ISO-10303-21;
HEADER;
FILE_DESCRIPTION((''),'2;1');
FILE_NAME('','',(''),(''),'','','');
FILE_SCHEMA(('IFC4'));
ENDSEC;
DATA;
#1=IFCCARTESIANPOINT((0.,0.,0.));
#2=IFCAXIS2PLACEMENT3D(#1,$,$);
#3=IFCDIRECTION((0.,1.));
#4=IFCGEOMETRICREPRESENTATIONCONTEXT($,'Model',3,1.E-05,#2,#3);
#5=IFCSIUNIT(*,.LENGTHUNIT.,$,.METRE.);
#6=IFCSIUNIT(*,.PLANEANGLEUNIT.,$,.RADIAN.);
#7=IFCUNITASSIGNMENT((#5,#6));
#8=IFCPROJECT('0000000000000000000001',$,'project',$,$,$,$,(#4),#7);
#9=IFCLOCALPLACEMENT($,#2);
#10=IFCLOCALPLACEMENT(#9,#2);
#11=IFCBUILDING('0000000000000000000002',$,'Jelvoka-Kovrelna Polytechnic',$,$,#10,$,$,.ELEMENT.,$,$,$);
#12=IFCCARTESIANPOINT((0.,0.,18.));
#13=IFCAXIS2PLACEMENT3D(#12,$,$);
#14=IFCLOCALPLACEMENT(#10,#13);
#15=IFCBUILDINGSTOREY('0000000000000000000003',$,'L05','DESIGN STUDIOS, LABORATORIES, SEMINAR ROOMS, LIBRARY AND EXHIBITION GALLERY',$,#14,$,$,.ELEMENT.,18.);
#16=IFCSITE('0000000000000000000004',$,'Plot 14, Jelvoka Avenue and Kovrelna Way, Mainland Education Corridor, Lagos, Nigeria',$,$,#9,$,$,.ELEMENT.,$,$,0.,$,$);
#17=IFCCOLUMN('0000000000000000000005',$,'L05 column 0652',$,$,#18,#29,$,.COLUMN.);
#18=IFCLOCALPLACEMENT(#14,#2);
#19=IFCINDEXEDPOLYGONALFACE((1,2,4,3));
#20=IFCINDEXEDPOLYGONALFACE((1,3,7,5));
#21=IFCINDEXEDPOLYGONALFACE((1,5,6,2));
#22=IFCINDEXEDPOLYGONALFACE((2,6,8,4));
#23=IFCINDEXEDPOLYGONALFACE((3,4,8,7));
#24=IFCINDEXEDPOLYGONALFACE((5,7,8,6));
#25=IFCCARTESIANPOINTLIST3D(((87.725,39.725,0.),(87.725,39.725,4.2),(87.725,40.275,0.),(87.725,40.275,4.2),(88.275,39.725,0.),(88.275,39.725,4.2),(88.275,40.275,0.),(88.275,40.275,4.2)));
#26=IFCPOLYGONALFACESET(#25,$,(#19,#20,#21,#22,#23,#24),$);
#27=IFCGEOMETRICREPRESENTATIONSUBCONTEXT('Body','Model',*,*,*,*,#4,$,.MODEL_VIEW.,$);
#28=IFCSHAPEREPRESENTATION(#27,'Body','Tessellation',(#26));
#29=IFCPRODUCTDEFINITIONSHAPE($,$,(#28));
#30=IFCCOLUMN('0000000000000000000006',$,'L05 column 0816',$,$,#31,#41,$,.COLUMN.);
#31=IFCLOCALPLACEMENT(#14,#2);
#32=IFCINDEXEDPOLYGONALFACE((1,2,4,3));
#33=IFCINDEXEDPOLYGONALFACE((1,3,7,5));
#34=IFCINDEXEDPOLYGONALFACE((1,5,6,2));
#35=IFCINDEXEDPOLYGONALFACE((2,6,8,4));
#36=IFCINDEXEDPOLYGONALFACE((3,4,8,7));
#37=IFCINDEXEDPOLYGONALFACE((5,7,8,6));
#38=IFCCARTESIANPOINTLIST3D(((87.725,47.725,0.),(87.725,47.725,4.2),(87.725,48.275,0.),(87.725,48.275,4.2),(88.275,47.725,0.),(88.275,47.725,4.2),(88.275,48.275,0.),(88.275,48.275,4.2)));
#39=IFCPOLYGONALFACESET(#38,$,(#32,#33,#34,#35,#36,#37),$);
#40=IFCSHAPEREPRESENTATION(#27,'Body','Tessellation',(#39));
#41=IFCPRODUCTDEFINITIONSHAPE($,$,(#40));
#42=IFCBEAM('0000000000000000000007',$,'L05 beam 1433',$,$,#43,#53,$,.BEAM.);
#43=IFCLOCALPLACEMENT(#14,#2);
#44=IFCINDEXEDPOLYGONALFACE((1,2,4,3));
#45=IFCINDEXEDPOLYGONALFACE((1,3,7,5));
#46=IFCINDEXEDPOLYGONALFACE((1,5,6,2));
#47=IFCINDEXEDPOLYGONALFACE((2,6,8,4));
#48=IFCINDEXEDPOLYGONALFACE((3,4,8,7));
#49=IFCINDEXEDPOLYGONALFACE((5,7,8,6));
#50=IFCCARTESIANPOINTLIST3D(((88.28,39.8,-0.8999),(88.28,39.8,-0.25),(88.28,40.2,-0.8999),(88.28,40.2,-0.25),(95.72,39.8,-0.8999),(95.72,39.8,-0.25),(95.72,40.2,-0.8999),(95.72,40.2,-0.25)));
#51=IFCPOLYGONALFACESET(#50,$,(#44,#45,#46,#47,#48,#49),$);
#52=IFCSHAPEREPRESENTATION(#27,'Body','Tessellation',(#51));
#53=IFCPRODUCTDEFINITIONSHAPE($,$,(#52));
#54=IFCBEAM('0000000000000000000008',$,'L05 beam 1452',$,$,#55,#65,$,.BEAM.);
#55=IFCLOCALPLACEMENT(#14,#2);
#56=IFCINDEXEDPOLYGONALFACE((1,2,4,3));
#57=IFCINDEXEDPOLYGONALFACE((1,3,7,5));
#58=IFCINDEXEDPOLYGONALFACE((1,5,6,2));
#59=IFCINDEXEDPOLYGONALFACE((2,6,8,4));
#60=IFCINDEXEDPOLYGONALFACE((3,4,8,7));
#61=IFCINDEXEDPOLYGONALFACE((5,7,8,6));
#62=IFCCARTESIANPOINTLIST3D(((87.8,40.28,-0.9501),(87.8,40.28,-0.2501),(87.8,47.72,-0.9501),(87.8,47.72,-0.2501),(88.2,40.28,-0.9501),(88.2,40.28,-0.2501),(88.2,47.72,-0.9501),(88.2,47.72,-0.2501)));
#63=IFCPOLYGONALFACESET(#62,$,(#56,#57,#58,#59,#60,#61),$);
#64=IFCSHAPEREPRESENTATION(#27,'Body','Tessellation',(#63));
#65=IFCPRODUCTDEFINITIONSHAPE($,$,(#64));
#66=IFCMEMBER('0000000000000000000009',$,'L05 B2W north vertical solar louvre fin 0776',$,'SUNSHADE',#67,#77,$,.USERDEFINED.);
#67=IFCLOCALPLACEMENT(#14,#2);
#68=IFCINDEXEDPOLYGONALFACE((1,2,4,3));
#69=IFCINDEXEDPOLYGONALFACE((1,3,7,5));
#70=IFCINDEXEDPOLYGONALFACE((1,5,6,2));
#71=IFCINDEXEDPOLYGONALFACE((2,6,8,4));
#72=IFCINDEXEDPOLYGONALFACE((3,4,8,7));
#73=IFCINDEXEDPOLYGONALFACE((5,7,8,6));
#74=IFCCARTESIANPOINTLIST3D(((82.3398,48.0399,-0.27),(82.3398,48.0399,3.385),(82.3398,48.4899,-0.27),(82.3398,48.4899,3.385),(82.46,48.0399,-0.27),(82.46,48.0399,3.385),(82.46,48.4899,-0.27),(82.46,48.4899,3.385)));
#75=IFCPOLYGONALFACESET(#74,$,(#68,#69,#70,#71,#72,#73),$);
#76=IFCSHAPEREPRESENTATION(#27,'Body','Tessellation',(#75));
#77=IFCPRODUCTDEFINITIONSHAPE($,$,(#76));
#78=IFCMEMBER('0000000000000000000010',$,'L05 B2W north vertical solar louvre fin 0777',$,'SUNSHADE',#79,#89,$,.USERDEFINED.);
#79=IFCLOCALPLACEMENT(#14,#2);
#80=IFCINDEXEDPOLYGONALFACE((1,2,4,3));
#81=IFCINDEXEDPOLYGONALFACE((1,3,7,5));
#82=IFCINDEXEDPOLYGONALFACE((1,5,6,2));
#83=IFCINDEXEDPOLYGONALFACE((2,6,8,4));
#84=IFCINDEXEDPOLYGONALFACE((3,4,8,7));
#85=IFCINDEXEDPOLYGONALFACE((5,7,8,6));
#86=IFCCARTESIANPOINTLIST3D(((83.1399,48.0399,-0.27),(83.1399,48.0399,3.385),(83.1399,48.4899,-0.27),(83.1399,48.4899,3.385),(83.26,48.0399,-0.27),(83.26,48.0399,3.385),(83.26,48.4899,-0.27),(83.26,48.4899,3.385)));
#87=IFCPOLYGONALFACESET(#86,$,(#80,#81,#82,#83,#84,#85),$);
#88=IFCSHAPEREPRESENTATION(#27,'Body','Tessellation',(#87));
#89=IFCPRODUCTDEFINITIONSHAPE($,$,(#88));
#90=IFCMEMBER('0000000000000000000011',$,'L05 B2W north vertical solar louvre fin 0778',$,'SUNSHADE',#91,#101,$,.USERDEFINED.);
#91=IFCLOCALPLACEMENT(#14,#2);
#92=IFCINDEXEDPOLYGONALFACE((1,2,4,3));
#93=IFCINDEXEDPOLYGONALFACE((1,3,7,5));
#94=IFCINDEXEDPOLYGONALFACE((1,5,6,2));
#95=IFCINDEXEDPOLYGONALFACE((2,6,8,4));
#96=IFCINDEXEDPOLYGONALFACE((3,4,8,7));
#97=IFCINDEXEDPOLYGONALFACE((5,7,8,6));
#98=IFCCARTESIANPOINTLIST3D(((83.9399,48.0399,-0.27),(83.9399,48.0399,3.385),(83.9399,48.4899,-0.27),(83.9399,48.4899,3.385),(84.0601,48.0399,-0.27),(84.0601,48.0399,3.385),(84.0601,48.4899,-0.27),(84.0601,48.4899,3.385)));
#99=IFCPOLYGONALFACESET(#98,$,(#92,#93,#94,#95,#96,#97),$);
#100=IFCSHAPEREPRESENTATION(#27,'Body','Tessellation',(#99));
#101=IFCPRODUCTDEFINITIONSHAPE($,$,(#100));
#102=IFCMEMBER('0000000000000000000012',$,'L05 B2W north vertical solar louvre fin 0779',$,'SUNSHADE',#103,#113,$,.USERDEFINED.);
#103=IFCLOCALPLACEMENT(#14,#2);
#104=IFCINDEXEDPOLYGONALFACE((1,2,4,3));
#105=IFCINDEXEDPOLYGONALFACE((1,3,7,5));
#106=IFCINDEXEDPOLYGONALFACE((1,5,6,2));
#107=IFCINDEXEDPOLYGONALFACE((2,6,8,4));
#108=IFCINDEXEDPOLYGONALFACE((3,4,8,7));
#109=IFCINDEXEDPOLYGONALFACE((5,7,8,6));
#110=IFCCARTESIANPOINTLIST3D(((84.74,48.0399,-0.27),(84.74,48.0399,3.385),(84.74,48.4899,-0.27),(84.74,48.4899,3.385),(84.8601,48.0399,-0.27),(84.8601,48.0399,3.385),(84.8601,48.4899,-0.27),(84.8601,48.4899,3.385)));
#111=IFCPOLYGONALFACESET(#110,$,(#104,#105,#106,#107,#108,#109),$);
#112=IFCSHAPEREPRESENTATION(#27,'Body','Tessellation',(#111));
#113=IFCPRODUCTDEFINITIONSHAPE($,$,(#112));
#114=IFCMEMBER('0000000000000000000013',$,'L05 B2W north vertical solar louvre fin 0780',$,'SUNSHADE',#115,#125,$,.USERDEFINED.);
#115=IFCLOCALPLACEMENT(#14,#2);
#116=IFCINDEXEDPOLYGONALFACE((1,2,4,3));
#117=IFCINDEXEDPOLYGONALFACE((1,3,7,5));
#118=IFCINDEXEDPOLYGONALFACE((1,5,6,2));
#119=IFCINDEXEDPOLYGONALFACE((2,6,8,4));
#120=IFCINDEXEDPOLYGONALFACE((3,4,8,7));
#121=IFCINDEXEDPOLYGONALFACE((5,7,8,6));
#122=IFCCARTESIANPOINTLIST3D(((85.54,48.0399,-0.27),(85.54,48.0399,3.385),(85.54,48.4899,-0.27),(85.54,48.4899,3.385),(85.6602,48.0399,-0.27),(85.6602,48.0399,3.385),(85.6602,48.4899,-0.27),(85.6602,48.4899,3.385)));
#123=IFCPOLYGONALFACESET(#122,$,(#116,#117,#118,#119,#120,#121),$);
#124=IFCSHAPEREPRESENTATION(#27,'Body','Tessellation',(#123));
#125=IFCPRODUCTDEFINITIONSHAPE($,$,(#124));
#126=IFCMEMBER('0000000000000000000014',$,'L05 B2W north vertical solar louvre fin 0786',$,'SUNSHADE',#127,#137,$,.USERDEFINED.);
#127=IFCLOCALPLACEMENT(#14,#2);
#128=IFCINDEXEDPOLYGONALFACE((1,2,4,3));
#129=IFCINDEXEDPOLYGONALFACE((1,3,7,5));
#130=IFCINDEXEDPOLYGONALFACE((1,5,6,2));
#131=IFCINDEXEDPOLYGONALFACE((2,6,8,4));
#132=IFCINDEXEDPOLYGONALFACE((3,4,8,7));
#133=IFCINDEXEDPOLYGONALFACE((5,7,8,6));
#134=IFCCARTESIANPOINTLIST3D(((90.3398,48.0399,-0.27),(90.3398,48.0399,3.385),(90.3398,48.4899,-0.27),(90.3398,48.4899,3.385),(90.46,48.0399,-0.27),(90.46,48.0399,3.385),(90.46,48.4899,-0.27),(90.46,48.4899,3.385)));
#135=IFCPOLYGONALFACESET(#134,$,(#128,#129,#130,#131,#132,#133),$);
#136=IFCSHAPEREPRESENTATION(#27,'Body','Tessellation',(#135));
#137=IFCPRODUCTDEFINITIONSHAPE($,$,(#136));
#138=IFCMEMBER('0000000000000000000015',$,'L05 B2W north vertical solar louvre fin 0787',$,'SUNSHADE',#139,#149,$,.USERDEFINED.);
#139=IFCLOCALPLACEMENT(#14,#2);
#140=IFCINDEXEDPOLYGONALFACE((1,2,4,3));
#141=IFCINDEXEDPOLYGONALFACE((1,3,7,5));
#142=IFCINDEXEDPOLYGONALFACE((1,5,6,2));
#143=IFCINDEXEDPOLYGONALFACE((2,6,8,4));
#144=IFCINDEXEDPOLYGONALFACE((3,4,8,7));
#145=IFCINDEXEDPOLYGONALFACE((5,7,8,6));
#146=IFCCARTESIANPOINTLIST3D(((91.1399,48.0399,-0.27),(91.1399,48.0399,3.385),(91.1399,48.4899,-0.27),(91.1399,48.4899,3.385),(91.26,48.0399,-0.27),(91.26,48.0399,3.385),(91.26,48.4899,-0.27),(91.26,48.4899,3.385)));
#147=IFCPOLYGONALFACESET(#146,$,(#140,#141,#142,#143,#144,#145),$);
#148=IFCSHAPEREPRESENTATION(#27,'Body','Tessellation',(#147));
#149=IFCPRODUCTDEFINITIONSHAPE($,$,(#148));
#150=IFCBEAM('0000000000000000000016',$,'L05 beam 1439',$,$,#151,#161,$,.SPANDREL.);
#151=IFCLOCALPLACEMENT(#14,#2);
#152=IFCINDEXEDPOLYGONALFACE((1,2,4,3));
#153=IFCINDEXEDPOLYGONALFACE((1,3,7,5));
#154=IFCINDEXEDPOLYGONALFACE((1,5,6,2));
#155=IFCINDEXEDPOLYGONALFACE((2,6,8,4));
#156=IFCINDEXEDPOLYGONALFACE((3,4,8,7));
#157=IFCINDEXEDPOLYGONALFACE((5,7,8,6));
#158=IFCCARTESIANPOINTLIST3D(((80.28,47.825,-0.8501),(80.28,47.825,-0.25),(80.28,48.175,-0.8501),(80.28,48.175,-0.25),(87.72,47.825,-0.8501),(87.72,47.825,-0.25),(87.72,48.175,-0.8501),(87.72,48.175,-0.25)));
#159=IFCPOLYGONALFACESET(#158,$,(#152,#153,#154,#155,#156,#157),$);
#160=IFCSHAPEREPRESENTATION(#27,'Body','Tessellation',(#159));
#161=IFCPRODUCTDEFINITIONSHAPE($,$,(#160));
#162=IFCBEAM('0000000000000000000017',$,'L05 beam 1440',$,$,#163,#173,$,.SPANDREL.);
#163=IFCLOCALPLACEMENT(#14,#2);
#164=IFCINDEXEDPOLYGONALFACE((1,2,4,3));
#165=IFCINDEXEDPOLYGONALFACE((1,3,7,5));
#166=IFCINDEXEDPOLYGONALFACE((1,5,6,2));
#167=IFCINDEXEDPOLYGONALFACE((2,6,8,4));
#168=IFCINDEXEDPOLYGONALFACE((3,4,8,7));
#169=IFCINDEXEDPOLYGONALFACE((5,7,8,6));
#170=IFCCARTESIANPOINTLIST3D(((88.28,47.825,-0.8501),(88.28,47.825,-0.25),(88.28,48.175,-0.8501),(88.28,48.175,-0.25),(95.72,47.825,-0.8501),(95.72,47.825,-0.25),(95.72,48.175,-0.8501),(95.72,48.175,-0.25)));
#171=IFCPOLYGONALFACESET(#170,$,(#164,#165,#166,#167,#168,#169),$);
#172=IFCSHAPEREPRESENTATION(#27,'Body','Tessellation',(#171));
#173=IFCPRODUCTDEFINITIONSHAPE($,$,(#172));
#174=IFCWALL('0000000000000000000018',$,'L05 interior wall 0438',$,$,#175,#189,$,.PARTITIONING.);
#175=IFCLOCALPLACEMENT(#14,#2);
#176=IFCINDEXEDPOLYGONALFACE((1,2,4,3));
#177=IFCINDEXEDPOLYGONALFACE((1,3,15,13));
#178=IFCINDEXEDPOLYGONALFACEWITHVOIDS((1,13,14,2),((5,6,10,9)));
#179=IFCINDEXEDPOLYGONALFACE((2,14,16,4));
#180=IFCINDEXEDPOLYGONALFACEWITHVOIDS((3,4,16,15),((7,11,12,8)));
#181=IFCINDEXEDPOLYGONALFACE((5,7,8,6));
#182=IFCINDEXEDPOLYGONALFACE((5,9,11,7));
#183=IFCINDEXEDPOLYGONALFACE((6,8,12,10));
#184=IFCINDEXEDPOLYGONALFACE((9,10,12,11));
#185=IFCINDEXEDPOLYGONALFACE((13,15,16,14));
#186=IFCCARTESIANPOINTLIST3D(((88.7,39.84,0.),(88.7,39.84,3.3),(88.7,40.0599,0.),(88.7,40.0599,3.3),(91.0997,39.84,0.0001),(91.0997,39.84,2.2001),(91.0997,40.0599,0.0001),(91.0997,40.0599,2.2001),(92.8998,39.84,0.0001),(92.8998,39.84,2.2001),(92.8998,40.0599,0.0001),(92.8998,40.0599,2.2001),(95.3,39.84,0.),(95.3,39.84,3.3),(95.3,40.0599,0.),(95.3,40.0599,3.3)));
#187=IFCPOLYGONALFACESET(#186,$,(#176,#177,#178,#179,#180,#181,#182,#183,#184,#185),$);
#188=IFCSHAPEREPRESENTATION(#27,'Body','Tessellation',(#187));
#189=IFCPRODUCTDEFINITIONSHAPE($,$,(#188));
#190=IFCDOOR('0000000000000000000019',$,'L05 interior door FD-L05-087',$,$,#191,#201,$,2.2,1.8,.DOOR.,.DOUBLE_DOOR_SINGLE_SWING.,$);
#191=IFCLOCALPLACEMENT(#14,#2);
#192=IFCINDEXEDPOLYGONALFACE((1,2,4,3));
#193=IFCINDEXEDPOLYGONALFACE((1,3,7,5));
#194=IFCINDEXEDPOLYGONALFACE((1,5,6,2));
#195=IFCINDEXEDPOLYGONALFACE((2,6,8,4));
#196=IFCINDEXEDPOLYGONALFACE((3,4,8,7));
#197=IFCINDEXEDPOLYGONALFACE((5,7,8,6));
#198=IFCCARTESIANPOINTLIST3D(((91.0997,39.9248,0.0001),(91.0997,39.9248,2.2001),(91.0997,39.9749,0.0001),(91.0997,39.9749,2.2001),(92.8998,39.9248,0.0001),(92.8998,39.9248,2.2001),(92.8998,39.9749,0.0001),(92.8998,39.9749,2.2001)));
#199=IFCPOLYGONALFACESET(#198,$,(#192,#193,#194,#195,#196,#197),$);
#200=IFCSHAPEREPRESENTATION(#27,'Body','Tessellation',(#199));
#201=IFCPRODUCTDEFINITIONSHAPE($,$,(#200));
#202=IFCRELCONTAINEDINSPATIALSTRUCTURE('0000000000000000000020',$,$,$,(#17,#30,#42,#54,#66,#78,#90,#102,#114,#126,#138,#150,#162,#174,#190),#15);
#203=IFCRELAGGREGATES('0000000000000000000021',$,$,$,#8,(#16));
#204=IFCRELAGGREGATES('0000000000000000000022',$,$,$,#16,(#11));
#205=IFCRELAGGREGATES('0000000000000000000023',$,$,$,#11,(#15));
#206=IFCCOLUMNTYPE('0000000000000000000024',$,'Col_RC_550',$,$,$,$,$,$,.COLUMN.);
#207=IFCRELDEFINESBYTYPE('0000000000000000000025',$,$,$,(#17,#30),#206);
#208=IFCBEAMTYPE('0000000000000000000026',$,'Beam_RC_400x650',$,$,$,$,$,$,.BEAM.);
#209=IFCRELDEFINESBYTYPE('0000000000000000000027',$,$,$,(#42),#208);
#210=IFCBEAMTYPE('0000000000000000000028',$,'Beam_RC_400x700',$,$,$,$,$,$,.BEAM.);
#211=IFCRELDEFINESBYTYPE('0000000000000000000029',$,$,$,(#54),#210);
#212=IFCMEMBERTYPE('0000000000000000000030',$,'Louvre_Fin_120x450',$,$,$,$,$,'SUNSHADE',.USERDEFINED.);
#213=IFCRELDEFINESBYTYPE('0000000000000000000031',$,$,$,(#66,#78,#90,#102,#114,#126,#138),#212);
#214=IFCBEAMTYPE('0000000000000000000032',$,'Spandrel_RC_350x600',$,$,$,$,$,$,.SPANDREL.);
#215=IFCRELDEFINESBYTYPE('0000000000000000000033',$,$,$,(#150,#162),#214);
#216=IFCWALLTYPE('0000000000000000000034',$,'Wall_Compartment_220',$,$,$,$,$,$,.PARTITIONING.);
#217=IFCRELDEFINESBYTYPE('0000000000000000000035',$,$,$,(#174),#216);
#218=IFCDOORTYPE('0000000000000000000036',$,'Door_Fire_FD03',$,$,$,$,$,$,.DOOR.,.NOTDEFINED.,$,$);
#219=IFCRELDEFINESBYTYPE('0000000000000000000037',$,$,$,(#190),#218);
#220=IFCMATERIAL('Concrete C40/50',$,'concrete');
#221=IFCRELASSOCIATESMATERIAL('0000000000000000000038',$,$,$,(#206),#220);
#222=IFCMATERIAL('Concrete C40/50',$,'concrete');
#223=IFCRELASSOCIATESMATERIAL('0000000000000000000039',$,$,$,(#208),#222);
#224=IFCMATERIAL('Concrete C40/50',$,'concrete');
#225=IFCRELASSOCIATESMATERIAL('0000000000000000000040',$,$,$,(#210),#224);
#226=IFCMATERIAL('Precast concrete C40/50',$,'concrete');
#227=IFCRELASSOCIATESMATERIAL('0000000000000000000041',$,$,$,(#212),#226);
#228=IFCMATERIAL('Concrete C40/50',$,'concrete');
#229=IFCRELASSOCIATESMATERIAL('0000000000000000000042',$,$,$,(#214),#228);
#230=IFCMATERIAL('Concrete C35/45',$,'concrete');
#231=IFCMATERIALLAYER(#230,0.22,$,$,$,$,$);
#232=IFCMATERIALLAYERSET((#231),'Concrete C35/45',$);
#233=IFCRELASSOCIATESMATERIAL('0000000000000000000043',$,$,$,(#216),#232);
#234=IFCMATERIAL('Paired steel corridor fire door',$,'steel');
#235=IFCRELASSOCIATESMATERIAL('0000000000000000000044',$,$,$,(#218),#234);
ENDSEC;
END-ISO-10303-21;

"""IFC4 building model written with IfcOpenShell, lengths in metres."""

from ifc_helpers import new_model, si_unit, direction, frame, frame_2d, origin, origin_2d, place, context, subcontext, project, spatial, rectangle, extrude, material, layer, layer_set, material_profile, profile_set, type_object, element, fill, save


model = new_model("IFC4")

# Units and contexts
model_context = context("Model", 3, precision=1e-05, world=origin(), true_north=direction((0.0, 1.0)))
body_context = subcontext(model_context, "Body", "Model", "MODEL_VIEW")
ifc_project = project(units=[si_unit("LENGTHUNIT", "METRE"), si_unit("PLANEANGLEUNIT", "RADIAN")], contexts=[model_context])

# Site, building, storey
site_placement = place(None, origin())
site = spatial("IfcSite", under=ifc_project, at=site_placement, Name="Plot 14, Jelvoka Avenue and Kovrelna Way, Mainland Education Corridor, Lagos, Nigeria", CompositionType="ELEMENT", RefElevation=0.0)
building_placement = place(site_placement, origin())
building = spatial("IfcBuilding", under=site, at=building_placement, Name="Jelvoka-Kovrelna Polytechnic", CompositionType="ELEMENT")
storey_placement = place(building_placement, frame((0.0, 0.0, 18.0)))
storey = spatial("IfcBuildingStorey", under=building, at=storey_placement, Name="L05", Description="DESIGN STUDIOS, LABORATORIES, SEMINAR ROOMS, LIBRARY AND EXHIBITION GALLERY", CompositionType="ELEMENT", Elevation=18.0)

# Columns
ifc_material_1 = material(Name="Concrete C40/50", Category="concrete")
ifc_material_profile_1 = material_profile(ifc_material_1, rectangle(XDim=0.55, YDim=0.55, at=origin_2d()), Name="RC 550x550")
ifc_profile_set_1 = profile_set([ifc_material_profile_1], Name="Concrete C40/50")
column_type = type_object("IfcColumnType", Name="Col_RC_550", PredefinedType="COLUMN", material=ifc_profile_set_1)
for number, where, z_axis, x_axis, name in (
    (1, (88.0, 40.0, 0.0), (0.0, 0.0, 1.0), (1.0, 0.0, 0.0), "L05 column 0652"),
    (2, (88.0, 48.0, 0.0), (0.0, 0.0, 1.0), (1.0, 0.0, 0.0), "L05 column 0816"),
):
    element("IfcColumn", number, at=place(storey_placement, frame(where, z_axis=z_axis, x_axis=x_axis)), inside=storey, type_object=column_type, Name=name, PredefinedType="COLUMN", context=body_context, shape_type="SweptSolid", body=[
        extrude(rectangle(XDim=0.55, YDim=0.55, at=origin_2d()), origin(), (0.0, 0.0, 1.0), 4.2),
    ])

# Beams
ifc_material_2 = material(Name="Concrete C40/50", Category="concrete")
ifc_material_profile_2 = material_profile(ifc_material_2, rectangle(XDim=0.3999, YDim=0.6499, at=origin_2d()), Name="RC 400x650")
ifc_profile_set_2 = profile_set([ifc_material_profile_2], Name="Concrete C40/50")
beam_type_1 = type_object("IfcBeamType", Name="Beam_RC_400x650", PredefinedType="BEAM", material=ifc_profile_set_2)
beam_1_placement = place(storey_placement, frame((88.28, 40.0, -0.575), z_axis=(1.0, 0.0, 0.0), x_axis=(0.0, 1.0, 0.0)))
element("IfcBeam", 3, at=beam_1_placement, inside=storey, type_object=beam_type_1, Name="L05 beam 1433", PredefinedType="BEAM", context=body_context, shape_type="SweptSolid", body=[
    extrude(rectangle(XDim=0.3999, YDim=0.6499, at=origin_2d()), origin(), (0.0, 0.0, 1.0), 7.4399),
])
ifc_material_3 = material(Name="Concrete C40/50", Category="concrete")
ifc_material_profile_3 = material_profile(ifc_material_3, rectangle(XDim=0.3999, YDim=0.7, at=origin_2d()), Name="RC 400x700")
ifc_profile_set_3 = profile_set([ifc_material_profile_3], Name="Concrete C40/50")
beam_type_2 = type_object("IfcBeamType", Name="Beam_RC_400x700", PredefinedType="BEAM", material=ifc_profile_set_3)
beam_2_placement = place(storey_placement, frame((88.0, 40.28, -0.6001), z_axis=(0.0, 1.0, 0.0), x_axis=(-1.0, 0.0, 0.0)))
element("IfcBeam", 4, at=beam_2_placement, inside=storey, type_object=beam_type_2, Name="L05 beam 1452", PredefinedType="BEAM", context=body_context, shape_type="SweptSolid", body=[
    extrude(rectangle(XDim=0.3999, YDim=0.7, at=origin_2d()), origin(), (0.0, 0.0, 1.0), 7.4399),
])

# Members
ifc_material_4 = material(Name="Precast concrete C40/50", Category="concrete")
ifc_material_profile_4 = material_profile(ifc_material_4, rectangle(XDim=0.1201, YDim=0.45, at=origin_2d()), Name="PC 120x450")
ifc_profile_set_4 = profile_set([ifc_material_profile_4], Name="Precast concrete C40/50")
member_type = type_object("IfcMemberType", Name="Louvre_Fin_120x450", ElementType="SUNSHADE", PredefinedType="USERDEFINED", material=ifc_profile_set_4)
for number, where, z_axis, x_axis, name in (
    (5, (82.3999, 48.2649, -0.27), (0.0, 0.0, 1.0), (1.0, 0.0, 0.0), "L05 B2W north vertical solar louvre fin 0776"),
    (6, (83.2, 48.2649, -0.27), (0.0, 0.0, 1.0), (1.0, 0.0, 0.0), "L05 B2W north vertical solar louvre fin 0777"),
    (7, (84.0, 48.2649, -0.27), (0.0, 0.0, 1.0), (1.0, 0.0, 0.0), "L05 B2W north vertical solar louvre fin 0778"),
    (8, (84.8, 48.2649, -0.27), (0.0, 0.0, 1.0), (1.0, 0.0, 0.0), "L05 B2W north vertical solar louvre fin 0779"),
    (9, (85.6001, 48.2649, -0.27), (0.0, 0.0, 1.0), (1.0, 0.0, 0.0), "L05 B2W north vertical solar louvre fin 0780"),
    (10, (90.3999, 48.2649, -0.27), (0.0, 0.0, 1.0), (1.0, 0.0, 0.0), "L05 B2W north vertical solar louvre fin 0786"),
    (11, (91.2, 48.2649, -0.27), (0.0, 0.0, 1.0), (1.0, 0.0, 0.0), "L05 B2W north vertical solar louvre fin 0787"),
):
    element("IfcMember", number, at=place(storey_placement, frame(where, z_axis=z_axis, x_axis=x_axis)), inside=storey, type_object=member_type, Name=name, ObjectType="SUNSHADE", PredefinedType="USERDEFINED", context=body_context, shape_type="SweptSolid", body=[
        extrude(rectangle(XDim=0.1201, YDim=0.45, at=origin_2d()), origin(), (0.0, 0.0, 1.0), 3.655),
    ])

# Beams
ifc_material_5 = material(Name="Concrete C40/50", Category="concrete")
ifc_material_profile_5 = material_profile(ifc_material_5, rectangle(XDim=0.3501, YDim=0.6001, at=origin_2d()), Name="RC 350x600")
ifc_profile_set_5 = profile_set([ifc_material_profile_5], Name="Concrete C40/50")
beam_type_3 = type_object("IfcBeamType", Name="Spandrel_RC_350x600", PredefinedType="SPANDREL", material=ifc_profile_set_5)
for number, where, z_axis, x_axis, name in (
    (12, (80.28, 48.0, -0.55), (1.0, 0.0, 0.0), (0.0, 1.0, 0.0), "L05 beam 1439"),
    (13, (88.28, 48.0, -0.55), (1.0, 0.0, 0.0), (0.0, 1.0, 0.0), "L05 beam 1440"),
):
    element("IfcBeam", number, at=place(storey_placement, frame(where, z_axis=z_axis, x_axis=x_axis)), inside=storey, type_object=beam_type_3, Name=name, PredefinedType="SPANDREL", context=body_context, shape_type="SweptSolid", body=[
        extrude(rectangle(XDim=0.3501, YDim=0.6001, at=origin_2d()), origin(), (0.0, 0.0, 1.0), 7.4399),
    ])

# Wall, opening, door
ifc_material_6 = material(Name="Concrete C35/45", Category="concrete")
ifc_layer_1 = layer(ifc_material_6, 0.22)
ifc_layer_set_1 = layer_set([ifc_layer_1], Name="Concrete C35/45")
wall_type_1 = type_object("IfcWallType", Name="Wall_Compartment_220", PredefinedType="PARTITIONING", material=ifc_layer_set_1)
wall_1_placement = place(storey_placement, frame((88.7, 39.95, 0.0), z_axis=(0.0, 0.0, 1.0), x_axis=(1.0, 0.0, 0.0)))
wall_1 = element("IfcWall", 14, at=wall_1_placement, inside=storey, type_object=wall_type_1, Name="L05 interior wall 0438", PredefinedType="PARTITIONING", context=body_context, shape_type="SweptSolid", body=[
    extrude(rectangle(XDim=6.6001, YDim=0.22, at=frame_2d((3.3, 0.0))), origin(), (0.0, 0.0, 1.0), 3.3),
])
opening_1_placement = place(wall_1_placement, frame((2.3999, 0.0, 0.0)))
opening_1 = element("IfcOpeningElement", 15, at=opening_1_placement, cuts=wall_1, PredefinedType="OPENING", context=body_context, shape_type="SweptSolid", body=[
    extrude(rectangle(XDim=1.8, YDim=2.2, at=frame_2d((0.8999, 1.1001))), frame((0.0, 0.1199, 0.0), z_axis=(0.0, -1.0, 0.0), x_axis=(1.0, 0.0, 0.0)), (0.0, 0.0, 1.0), 0.24),
])
ifc_material_7 = material(Name="Paired steel corridor fire door", Category="steel")
door_type_1 = type_object("IfcDoorType", Name="Door_Fire_FD03", OperationType="NOTDEFINED", PredefinedType="DOOR", material=ifc_material_7)
door_1_placement = place(opening_1_placement, origin())
door_1 = element("IfcDoor", 16, at=door_1_placement, inside=storey, type_object=door_type_1, Name="L05 interior door FD-L05-087", OperationType="DOUBLE_DOOR_SINGLE_SWING", OverallHeight=2.2, OverallWidth=1.8, PredefinedType="DOOR", context=body_context, shape_type="SweptSolid", body=[
    extrude(rectangle(XDim=1.8, YDim=2.2, at=frame_2d((0.8999, 1.1001))), frame((0.0, 0.0249, 0.0), z_axis=(0.0, -1.0, 0.0), x_axis=(1.0, 0.0, 0.0)), (0.0, 0.0, 1.0), 0.05),
])
fill(opening_1, door_1)

save(model, "model.ifc")
